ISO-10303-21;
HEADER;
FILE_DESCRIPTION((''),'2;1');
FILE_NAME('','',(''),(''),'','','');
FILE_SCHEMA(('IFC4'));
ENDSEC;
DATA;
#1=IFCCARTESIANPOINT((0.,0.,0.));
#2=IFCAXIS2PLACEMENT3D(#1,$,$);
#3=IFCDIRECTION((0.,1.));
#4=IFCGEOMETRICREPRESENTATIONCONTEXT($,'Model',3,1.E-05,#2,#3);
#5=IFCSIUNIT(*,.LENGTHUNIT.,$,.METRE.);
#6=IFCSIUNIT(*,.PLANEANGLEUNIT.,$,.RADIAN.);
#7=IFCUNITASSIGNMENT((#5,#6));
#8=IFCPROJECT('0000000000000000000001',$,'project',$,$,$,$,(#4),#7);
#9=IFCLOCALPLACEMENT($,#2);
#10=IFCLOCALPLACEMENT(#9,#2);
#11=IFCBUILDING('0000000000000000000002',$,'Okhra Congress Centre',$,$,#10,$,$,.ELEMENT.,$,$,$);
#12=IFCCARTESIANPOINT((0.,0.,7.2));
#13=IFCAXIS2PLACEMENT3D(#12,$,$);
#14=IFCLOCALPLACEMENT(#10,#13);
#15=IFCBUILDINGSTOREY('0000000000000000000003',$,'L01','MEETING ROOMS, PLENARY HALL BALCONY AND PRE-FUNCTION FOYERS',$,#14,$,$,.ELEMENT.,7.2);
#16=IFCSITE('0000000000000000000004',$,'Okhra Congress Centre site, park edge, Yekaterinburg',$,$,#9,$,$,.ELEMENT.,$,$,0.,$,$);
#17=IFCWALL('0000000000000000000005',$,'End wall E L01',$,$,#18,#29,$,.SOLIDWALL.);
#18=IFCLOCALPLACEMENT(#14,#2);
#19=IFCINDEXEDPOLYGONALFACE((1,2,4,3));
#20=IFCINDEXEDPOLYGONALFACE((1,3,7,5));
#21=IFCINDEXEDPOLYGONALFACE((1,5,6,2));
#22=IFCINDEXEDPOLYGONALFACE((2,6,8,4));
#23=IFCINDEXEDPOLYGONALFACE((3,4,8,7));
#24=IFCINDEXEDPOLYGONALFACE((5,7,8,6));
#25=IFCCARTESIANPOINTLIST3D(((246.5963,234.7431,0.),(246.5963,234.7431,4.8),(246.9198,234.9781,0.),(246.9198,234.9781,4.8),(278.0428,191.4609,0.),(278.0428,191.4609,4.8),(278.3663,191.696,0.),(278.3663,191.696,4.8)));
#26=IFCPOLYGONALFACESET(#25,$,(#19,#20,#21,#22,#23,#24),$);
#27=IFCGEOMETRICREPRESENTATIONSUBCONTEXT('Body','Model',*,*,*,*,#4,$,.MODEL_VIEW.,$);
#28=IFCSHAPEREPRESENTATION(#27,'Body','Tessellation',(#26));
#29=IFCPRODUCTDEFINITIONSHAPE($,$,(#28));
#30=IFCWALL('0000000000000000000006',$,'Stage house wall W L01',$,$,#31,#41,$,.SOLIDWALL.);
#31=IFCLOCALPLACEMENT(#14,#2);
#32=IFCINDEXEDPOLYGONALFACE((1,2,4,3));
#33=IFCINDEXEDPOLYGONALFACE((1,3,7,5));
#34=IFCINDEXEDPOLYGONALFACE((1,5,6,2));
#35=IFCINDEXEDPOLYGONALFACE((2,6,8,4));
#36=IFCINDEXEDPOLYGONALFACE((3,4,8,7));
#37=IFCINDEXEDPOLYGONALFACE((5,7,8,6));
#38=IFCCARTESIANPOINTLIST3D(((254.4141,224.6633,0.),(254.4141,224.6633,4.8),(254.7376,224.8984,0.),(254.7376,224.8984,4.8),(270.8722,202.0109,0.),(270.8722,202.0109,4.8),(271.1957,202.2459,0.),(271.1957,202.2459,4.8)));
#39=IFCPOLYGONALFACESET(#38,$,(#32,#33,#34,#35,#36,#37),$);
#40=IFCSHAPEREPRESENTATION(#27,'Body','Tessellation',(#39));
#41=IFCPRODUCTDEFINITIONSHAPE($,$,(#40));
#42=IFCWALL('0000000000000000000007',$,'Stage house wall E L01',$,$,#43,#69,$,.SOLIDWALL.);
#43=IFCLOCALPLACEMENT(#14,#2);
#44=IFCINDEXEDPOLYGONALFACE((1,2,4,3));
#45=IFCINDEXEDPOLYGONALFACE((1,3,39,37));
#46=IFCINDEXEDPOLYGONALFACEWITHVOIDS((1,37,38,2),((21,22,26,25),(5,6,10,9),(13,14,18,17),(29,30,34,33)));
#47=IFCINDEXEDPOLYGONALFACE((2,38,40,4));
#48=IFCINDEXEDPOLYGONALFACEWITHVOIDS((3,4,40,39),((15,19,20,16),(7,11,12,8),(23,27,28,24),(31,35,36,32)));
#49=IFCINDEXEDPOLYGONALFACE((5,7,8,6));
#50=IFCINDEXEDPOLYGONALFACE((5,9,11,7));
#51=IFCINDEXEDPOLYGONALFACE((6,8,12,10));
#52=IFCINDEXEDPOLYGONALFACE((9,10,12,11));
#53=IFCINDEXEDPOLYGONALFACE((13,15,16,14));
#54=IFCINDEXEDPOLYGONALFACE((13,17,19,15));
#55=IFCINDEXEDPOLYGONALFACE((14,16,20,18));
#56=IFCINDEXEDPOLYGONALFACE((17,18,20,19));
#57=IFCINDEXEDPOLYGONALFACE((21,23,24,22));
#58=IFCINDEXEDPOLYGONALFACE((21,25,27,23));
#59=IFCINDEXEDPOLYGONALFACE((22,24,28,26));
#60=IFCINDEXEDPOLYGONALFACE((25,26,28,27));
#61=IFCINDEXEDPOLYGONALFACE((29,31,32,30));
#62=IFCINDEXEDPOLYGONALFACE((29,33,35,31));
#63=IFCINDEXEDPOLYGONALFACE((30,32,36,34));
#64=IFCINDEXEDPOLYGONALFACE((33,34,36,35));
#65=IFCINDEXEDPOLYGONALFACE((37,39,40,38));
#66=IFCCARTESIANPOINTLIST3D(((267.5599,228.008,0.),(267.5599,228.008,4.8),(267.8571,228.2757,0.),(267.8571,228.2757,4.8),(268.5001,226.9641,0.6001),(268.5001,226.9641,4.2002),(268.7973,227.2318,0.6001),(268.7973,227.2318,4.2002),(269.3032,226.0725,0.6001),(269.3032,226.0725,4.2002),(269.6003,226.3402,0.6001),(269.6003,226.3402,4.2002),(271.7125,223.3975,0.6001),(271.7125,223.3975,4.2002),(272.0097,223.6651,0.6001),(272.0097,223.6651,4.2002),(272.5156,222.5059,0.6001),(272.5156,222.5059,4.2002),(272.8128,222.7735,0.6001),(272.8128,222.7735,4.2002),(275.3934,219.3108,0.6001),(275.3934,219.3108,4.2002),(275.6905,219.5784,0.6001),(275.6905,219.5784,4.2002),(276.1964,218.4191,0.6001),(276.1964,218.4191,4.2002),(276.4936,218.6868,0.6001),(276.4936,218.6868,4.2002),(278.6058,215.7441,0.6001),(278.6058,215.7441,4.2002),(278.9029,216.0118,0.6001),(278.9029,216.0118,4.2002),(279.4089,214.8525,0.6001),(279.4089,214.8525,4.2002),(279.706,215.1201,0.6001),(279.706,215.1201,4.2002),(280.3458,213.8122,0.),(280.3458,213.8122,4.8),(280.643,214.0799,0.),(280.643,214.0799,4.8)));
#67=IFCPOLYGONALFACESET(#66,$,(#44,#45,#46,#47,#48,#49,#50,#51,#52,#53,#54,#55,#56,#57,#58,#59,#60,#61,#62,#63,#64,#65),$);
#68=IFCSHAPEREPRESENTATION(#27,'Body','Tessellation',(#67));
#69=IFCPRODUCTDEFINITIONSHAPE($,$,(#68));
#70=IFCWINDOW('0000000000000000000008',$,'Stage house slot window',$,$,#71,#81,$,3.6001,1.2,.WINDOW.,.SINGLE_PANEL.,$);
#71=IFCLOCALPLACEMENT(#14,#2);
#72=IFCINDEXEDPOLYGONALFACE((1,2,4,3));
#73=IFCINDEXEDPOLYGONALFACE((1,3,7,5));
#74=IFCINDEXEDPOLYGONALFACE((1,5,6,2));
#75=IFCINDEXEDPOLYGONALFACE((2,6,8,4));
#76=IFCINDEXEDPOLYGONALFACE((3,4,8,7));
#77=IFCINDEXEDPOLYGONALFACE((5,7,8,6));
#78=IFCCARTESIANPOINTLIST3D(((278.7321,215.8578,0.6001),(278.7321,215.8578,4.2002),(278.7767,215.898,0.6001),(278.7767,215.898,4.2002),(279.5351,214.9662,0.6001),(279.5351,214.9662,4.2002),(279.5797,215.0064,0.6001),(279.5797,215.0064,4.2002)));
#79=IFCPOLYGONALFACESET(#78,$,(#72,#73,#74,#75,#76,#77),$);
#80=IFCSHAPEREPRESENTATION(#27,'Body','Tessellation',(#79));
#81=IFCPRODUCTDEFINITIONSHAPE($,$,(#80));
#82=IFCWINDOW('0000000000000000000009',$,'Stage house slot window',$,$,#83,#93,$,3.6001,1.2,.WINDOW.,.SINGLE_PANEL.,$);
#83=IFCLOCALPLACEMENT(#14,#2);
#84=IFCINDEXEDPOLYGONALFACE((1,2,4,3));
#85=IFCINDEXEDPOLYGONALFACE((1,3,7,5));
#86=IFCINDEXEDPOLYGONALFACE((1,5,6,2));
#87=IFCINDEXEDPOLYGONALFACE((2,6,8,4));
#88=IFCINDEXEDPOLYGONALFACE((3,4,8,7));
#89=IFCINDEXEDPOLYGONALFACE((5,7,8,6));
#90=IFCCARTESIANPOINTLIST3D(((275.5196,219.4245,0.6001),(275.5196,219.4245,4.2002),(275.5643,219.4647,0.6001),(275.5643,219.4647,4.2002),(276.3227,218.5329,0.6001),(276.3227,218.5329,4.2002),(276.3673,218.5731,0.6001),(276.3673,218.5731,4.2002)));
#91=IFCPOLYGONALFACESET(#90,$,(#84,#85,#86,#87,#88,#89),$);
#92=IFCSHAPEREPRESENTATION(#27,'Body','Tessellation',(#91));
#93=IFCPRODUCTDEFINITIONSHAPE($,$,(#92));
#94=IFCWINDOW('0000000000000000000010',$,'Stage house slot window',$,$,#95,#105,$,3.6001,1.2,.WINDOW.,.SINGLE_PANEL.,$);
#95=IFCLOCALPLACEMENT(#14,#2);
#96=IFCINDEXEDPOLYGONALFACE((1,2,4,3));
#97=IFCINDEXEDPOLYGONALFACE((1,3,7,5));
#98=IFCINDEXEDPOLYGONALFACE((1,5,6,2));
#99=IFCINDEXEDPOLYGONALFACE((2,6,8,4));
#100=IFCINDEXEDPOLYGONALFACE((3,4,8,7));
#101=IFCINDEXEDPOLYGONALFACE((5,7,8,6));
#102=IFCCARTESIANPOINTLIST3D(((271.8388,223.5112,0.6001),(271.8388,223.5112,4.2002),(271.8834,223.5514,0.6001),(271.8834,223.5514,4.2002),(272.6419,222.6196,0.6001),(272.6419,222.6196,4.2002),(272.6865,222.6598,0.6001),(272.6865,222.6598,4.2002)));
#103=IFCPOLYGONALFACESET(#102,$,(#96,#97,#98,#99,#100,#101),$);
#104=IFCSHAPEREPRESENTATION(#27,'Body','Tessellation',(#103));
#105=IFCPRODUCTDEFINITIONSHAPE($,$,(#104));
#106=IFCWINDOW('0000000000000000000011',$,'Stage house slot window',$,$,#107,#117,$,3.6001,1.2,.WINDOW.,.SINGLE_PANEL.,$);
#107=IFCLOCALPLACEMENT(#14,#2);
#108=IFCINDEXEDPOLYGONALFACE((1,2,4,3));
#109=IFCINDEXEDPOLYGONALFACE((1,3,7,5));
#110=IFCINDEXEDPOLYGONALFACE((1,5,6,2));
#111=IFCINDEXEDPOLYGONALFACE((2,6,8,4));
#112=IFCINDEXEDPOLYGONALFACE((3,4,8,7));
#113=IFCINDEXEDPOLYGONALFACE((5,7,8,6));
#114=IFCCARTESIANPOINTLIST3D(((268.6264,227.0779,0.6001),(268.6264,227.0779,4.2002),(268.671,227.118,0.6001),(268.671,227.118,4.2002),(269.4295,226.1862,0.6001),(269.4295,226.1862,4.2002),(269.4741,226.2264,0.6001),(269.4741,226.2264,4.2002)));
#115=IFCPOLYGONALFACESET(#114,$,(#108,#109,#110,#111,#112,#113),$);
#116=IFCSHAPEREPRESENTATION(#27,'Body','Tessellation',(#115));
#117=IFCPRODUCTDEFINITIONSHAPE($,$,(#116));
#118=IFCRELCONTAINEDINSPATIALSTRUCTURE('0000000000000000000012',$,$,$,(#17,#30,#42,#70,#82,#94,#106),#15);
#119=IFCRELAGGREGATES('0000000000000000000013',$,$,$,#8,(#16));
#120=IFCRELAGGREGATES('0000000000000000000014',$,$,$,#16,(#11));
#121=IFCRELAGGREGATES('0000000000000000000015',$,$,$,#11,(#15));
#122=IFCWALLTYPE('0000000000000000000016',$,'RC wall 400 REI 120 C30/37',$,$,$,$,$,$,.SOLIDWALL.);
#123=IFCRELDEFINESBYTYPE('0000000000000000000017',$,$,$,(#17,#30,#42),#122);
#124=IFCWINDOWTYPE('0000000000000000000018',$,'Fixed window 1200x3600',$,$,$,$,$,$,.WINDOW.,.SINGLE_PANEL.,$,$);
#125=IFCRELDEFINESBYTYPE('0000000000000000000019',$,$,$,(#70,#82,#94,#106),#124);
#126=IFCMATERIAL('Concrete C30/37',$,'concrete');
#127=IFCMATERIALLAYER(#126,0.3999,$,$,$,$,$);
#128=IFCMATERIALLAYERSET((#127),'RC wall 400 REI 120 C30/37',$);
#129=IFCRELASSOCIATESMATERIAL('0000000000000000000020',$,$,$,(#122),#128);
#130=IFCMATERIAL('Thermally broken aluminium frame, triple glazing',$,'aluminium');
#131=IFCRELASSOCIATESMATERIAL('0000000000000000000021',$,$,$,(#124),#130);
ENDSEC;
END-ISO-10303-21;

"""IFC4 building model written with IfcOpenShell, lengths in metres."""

from ifc_helpers import new_model, si_unit, direction, frame, frame_2d, origin, place, context, subcontext, project, spatial, rectangle, extrude, material, layer, layer_set, type_object, element, fill, save


model = new_model("IFC4")

# Units and contexts
model_context = context("Model", 3, precision=1e-05, world=origin(), true_north=direction((0.0, 1.0)))
body_context = subcontext(model_context, "Body", "Model", "MODEL_VIEW")
ifc_project = project(units=[si_unit("LENGTHUNIT", "METRE"), si_unit("PLANEANGLEUNIT", "RADIAN")], contexts=[model_context])

# Site, building, storey
site_placement = place(None, origin())
site = spatial("IfcSite", under=ifc_project, at=site_placement, Name="Okhra Congress Centre site, park edge, Yekaterinburg", CompositionType="ELEMENT", RefElevation=0.0)
building_placement = place(site_placement, origin())
building = spatial("IfcBuilding", under=site, at=building_placement, Name="Okhra Congress Centre", CompositionType="ELEMENT")
storey_placement = place(building_placement, frame((0.0, 0.0, 7.2)))
storey = spatial("IfcBuildingStorey", under=building, at=storey_placement, Name="L01", Description="MEETING ROOMS, PLENARY HALL BALCONY AND PRE-FUNCTION FOYERS", CompositionType="ELEMENT", Elevation=7.2)

# Walls
ifc_material_1 = material(Name="Concrete C30/37", Category="concrete")
ifc_layer_1 = layer(ifc_material_1, 0.3999)
ifc_layer_set_1 = layer_set([ifc_layer_1], Name="RC wall 400 REI 120 C30/37")
wall_type_1 = type_object("IfcWallType", Name="RC wall 400 REI 120 C30/37", PredefinedType="SOLIDWALL", material=ifc_layer_set_1)
wall_1_placement = place(storey_placement, frame((278.2046, 191.5784, 0.0), z_axis=(0.0, 0.0, 1.0), x_axis=(-0.587787, 0.809016, 0.0)))
element("IfcWall", 1, at=wall_1_placement, inside=storey, type_object=wall_type_1, Name="End wall E L01", PredefinedType="SOLIDWALL", context=body_context, shape_type="SweptSolid", body=[
    extrude(rectangle(XDim=53.4998, YDim=0.3999, at=frame_2d((26.75, 0.0))), origin(), (0.0, 0.0, 1.0), 4.8),
])
wall_2_placement = place(storey_placement, frame((271.0339, 202.1284, 0.0), z_axis=(0.0, 0.0, 1.0), x_axis=(-0.587788, 0.809015, 0.0)))
element("IfcWall", 2, at=wall_2_placement, inside=storey, type_object=wall_type_1, Name="Stage house wall W L01", PredefinedType="SOLIDWALL", context=body_context, shape_type="SweptSolid", body=[
    extrude(rectangle(XDim=28.0, YDim=0.3999, at=frame_2d((14.0, 0.0))), origin(), (0.0, 0.0, 1.0), 4.8),
])

# Wall, openings, windows
wall_3_placement = place(storey_placement, frame((280.4944, 213.946, 0.0), z_axis=(0.0, 0.0, 1.0), x_axis=(-0.669244, 0.743042, 0.0)))
wall_3 = element("IfcWall", 3, at=wall_3_placement, inside=storey, type_object=wall_type_1, Name="Stage house wall E L01", PredefinedType="SOLIDWALL", context=body_context, shape_type="SweptSolid", body=[
    extrude(rectangle(XDim=19.105, YDim=0.3999, at=frame_2d((9.5525, 0.0))), origin(), (0.0, 0.0, 1.0), 4.8),
])
opening_1_placement = place(wall_3_placement, frame((1.3999, 0.0, 0.6001)))
opening_1 = element("IfcOpeningElement", 4, at=opening_1_placement, cuts=wall_3, PredefinedType="OPENING", context=body_context, shape_type="SweptSolid", body=[
    extrude(rectangle(XDim=1.2, YDim=3.6001, at=frame_2d((0.6001, 1.8))), frame((0.0, 0.21, 0.0), z_axis=(0.0, -1.0, 0.0), x_axis=(1.0, 0.0, 0.0)), (0.0, 0.0, 1.0), 0.4199),
])
opening_2_placement = place(wall_3_placement, frame((6.2, 0.0, 0.6001)))
opening_2 = element("IfcOpeningElement", 5, at=opening_2_placement, cuts=wall_3, PredefinedType="OPENING", context=body_context, shape_type="SweptSolid", body=[
    extrude(rectangle(XDim=1.2, YDim=3.6001, at=frame_2d((0.6001, 1.8))), frame((0.0, 0.21, 0.0), z_axis=(0.0, -1.0, 0.0), x_axis=(1.0, 0.0, 0.0)), (0.0, 0.0, 1.0), 0.4199),
])
opening_3_placement = place(wall_3_placement, frame((11.7, 0.0, 0.6001)))
opening_3 = element("IfcOpeningElement", 6, at=opening_3_placement, cuts=wall_3, PredefinedType="OPENING", context=body_context, shape_type="SweptSolid", body=[
    extrude(rectangle(XDim=1.2, YDim=3.6001, at=frame_2d((0.6001, 1.8))), frame((0.0, 0.21, 0.0), z_axis=(0.0, -1.0, 0.0), x_axis=(1.0, 0.0, 0.0)), (0.0, 0.0, 1.0), 0.4199),
])
opening_4_placement = place(wall_3_placement, frame((16.5, 0.0, 0.6001)))
opening_4 = element("IfcOpeningElement", 7, at=opening_4_placement, cuts=wall_3, PredefinedType="OPENING", context=body_context, shape_type="SweptSolid", body=[
    extrude(rectangle(XDim=1.2, YDim=3.6001, at=frame_2d((0.6001, 1.8))), frame((0.0, 0.21, 0.0), z_axis=(0.0, -1.0, 0.0), x_axis=(1.0, 0.0, 0.0)), (0.0, 0.0, 1.0), 0.4199),
])
ifc_material_2 = material(Name="Thermally broken aluminium frame, triple glazing", Category="aluminium")
window_type = type_object("IfcWindowType", Name="Fixed window 1200x3600", PartitioningType="SINGLE_PANEL", PredefinedType="WINDOW", material=ifc_material_2)
window_1_placement = place(opening_1_placement, origin())
window_1 = element("IfcWindow", 8, at=window_1_placement, inside=storey, type_object=window_type, Name="Stage house slot window", OverallHeight=3.6001, OverallWidth=1.2, PartitioningType="SINGLE_PANEL", PredefinedType="WINDOW", context=body_context, shape_type="SweptSolid", body=[
    extrude(rectangle(XDim=1.2, YDim=3.6001, at=frame_2d((0.6001, 1.8))), frame((0.0, 0.03, 0.0), z_axis=(0.0, -1.0, 0.0), x_axis=(1.0, 0.0, 0.0)), (0.0, 0.0, 1.0), 0.0601),
])
fill(opening_1, window_1)
window_2_placement = place(opening_2_placement, origin())
window_2 = element("IfcWindow", 9, at=window_2_placement, inside=storey, type_object=window_type, Name="Stage house slot window", OverallHeight=3.6001, OverallWidth=1.2, PartitioningType="SINGLE_PANEL", PredefinedType="WINDOW", context=body_context, shape_type="SweptSolid", body=[
    extrude(rectangle(XDim=1.2, YDim=3.6001, at=frame_2d((0.6001, 1.8))), frame((0.0, 0.03, 0.0), z_axis=(0.0, -1.0, 0.0), x_axis=(1.0, 0.0, 0.0)), (0.0, 0.0, 1.0), 0.0601),
])
fill(opening_2, window_2)
window_3_placement = place(opening_3_placement, origin())
window_3 = element("IfcWindow", 10, at=window_3_placement, inside=storey, type_object=window_type, Name="Stage house slot window", OverallHeight=3.6001, OverallWidth=1.2, PartitioningType="SINGLE_PANEL", PredefinedType="WINDOW", context=body_context, shape_type="SweptSolid", body=[
    extrude(rectangle(XDim=1.2, YDim=3.6001, at=frame_2d((0.6001, 1.8))), frame((0.0, 0.03, 0.0), z_axis=(0.0, -1.0, 0.0), x_axis=(1.0, 0.0, 0.0)), (0.0, 0.0, 1.0), 0.0601),
])
fill(opening_3, window_3)
window_4_placement = place(opening_4_placement, origin())
window_4 = element("IfcWindow", 11, at=window_4_placement, inside=storey, type_object=window_type, Name="Stage house slot window", OverallHeight=3.6001, OverallWidth=1.2, PartitioningType="SINGLE_PANEL", PredefinedType="WINDOW", context=body_context, shape_type="SweptSolid", body=[
    extrude(rectangle(XDim=1.2, YDim=3.6001, at=frame_2d((0.6001, 1.8))), frame((0.0, 0.03, 0.0), z_axis=(0.0, -1.0, 0.0), x_axis=(1.0, 0.0, 0.0)), (0.0, 0.0, 1.0), 0.0601),
])
fill(opening_4, window_4)

save(model, "model.ifc")
